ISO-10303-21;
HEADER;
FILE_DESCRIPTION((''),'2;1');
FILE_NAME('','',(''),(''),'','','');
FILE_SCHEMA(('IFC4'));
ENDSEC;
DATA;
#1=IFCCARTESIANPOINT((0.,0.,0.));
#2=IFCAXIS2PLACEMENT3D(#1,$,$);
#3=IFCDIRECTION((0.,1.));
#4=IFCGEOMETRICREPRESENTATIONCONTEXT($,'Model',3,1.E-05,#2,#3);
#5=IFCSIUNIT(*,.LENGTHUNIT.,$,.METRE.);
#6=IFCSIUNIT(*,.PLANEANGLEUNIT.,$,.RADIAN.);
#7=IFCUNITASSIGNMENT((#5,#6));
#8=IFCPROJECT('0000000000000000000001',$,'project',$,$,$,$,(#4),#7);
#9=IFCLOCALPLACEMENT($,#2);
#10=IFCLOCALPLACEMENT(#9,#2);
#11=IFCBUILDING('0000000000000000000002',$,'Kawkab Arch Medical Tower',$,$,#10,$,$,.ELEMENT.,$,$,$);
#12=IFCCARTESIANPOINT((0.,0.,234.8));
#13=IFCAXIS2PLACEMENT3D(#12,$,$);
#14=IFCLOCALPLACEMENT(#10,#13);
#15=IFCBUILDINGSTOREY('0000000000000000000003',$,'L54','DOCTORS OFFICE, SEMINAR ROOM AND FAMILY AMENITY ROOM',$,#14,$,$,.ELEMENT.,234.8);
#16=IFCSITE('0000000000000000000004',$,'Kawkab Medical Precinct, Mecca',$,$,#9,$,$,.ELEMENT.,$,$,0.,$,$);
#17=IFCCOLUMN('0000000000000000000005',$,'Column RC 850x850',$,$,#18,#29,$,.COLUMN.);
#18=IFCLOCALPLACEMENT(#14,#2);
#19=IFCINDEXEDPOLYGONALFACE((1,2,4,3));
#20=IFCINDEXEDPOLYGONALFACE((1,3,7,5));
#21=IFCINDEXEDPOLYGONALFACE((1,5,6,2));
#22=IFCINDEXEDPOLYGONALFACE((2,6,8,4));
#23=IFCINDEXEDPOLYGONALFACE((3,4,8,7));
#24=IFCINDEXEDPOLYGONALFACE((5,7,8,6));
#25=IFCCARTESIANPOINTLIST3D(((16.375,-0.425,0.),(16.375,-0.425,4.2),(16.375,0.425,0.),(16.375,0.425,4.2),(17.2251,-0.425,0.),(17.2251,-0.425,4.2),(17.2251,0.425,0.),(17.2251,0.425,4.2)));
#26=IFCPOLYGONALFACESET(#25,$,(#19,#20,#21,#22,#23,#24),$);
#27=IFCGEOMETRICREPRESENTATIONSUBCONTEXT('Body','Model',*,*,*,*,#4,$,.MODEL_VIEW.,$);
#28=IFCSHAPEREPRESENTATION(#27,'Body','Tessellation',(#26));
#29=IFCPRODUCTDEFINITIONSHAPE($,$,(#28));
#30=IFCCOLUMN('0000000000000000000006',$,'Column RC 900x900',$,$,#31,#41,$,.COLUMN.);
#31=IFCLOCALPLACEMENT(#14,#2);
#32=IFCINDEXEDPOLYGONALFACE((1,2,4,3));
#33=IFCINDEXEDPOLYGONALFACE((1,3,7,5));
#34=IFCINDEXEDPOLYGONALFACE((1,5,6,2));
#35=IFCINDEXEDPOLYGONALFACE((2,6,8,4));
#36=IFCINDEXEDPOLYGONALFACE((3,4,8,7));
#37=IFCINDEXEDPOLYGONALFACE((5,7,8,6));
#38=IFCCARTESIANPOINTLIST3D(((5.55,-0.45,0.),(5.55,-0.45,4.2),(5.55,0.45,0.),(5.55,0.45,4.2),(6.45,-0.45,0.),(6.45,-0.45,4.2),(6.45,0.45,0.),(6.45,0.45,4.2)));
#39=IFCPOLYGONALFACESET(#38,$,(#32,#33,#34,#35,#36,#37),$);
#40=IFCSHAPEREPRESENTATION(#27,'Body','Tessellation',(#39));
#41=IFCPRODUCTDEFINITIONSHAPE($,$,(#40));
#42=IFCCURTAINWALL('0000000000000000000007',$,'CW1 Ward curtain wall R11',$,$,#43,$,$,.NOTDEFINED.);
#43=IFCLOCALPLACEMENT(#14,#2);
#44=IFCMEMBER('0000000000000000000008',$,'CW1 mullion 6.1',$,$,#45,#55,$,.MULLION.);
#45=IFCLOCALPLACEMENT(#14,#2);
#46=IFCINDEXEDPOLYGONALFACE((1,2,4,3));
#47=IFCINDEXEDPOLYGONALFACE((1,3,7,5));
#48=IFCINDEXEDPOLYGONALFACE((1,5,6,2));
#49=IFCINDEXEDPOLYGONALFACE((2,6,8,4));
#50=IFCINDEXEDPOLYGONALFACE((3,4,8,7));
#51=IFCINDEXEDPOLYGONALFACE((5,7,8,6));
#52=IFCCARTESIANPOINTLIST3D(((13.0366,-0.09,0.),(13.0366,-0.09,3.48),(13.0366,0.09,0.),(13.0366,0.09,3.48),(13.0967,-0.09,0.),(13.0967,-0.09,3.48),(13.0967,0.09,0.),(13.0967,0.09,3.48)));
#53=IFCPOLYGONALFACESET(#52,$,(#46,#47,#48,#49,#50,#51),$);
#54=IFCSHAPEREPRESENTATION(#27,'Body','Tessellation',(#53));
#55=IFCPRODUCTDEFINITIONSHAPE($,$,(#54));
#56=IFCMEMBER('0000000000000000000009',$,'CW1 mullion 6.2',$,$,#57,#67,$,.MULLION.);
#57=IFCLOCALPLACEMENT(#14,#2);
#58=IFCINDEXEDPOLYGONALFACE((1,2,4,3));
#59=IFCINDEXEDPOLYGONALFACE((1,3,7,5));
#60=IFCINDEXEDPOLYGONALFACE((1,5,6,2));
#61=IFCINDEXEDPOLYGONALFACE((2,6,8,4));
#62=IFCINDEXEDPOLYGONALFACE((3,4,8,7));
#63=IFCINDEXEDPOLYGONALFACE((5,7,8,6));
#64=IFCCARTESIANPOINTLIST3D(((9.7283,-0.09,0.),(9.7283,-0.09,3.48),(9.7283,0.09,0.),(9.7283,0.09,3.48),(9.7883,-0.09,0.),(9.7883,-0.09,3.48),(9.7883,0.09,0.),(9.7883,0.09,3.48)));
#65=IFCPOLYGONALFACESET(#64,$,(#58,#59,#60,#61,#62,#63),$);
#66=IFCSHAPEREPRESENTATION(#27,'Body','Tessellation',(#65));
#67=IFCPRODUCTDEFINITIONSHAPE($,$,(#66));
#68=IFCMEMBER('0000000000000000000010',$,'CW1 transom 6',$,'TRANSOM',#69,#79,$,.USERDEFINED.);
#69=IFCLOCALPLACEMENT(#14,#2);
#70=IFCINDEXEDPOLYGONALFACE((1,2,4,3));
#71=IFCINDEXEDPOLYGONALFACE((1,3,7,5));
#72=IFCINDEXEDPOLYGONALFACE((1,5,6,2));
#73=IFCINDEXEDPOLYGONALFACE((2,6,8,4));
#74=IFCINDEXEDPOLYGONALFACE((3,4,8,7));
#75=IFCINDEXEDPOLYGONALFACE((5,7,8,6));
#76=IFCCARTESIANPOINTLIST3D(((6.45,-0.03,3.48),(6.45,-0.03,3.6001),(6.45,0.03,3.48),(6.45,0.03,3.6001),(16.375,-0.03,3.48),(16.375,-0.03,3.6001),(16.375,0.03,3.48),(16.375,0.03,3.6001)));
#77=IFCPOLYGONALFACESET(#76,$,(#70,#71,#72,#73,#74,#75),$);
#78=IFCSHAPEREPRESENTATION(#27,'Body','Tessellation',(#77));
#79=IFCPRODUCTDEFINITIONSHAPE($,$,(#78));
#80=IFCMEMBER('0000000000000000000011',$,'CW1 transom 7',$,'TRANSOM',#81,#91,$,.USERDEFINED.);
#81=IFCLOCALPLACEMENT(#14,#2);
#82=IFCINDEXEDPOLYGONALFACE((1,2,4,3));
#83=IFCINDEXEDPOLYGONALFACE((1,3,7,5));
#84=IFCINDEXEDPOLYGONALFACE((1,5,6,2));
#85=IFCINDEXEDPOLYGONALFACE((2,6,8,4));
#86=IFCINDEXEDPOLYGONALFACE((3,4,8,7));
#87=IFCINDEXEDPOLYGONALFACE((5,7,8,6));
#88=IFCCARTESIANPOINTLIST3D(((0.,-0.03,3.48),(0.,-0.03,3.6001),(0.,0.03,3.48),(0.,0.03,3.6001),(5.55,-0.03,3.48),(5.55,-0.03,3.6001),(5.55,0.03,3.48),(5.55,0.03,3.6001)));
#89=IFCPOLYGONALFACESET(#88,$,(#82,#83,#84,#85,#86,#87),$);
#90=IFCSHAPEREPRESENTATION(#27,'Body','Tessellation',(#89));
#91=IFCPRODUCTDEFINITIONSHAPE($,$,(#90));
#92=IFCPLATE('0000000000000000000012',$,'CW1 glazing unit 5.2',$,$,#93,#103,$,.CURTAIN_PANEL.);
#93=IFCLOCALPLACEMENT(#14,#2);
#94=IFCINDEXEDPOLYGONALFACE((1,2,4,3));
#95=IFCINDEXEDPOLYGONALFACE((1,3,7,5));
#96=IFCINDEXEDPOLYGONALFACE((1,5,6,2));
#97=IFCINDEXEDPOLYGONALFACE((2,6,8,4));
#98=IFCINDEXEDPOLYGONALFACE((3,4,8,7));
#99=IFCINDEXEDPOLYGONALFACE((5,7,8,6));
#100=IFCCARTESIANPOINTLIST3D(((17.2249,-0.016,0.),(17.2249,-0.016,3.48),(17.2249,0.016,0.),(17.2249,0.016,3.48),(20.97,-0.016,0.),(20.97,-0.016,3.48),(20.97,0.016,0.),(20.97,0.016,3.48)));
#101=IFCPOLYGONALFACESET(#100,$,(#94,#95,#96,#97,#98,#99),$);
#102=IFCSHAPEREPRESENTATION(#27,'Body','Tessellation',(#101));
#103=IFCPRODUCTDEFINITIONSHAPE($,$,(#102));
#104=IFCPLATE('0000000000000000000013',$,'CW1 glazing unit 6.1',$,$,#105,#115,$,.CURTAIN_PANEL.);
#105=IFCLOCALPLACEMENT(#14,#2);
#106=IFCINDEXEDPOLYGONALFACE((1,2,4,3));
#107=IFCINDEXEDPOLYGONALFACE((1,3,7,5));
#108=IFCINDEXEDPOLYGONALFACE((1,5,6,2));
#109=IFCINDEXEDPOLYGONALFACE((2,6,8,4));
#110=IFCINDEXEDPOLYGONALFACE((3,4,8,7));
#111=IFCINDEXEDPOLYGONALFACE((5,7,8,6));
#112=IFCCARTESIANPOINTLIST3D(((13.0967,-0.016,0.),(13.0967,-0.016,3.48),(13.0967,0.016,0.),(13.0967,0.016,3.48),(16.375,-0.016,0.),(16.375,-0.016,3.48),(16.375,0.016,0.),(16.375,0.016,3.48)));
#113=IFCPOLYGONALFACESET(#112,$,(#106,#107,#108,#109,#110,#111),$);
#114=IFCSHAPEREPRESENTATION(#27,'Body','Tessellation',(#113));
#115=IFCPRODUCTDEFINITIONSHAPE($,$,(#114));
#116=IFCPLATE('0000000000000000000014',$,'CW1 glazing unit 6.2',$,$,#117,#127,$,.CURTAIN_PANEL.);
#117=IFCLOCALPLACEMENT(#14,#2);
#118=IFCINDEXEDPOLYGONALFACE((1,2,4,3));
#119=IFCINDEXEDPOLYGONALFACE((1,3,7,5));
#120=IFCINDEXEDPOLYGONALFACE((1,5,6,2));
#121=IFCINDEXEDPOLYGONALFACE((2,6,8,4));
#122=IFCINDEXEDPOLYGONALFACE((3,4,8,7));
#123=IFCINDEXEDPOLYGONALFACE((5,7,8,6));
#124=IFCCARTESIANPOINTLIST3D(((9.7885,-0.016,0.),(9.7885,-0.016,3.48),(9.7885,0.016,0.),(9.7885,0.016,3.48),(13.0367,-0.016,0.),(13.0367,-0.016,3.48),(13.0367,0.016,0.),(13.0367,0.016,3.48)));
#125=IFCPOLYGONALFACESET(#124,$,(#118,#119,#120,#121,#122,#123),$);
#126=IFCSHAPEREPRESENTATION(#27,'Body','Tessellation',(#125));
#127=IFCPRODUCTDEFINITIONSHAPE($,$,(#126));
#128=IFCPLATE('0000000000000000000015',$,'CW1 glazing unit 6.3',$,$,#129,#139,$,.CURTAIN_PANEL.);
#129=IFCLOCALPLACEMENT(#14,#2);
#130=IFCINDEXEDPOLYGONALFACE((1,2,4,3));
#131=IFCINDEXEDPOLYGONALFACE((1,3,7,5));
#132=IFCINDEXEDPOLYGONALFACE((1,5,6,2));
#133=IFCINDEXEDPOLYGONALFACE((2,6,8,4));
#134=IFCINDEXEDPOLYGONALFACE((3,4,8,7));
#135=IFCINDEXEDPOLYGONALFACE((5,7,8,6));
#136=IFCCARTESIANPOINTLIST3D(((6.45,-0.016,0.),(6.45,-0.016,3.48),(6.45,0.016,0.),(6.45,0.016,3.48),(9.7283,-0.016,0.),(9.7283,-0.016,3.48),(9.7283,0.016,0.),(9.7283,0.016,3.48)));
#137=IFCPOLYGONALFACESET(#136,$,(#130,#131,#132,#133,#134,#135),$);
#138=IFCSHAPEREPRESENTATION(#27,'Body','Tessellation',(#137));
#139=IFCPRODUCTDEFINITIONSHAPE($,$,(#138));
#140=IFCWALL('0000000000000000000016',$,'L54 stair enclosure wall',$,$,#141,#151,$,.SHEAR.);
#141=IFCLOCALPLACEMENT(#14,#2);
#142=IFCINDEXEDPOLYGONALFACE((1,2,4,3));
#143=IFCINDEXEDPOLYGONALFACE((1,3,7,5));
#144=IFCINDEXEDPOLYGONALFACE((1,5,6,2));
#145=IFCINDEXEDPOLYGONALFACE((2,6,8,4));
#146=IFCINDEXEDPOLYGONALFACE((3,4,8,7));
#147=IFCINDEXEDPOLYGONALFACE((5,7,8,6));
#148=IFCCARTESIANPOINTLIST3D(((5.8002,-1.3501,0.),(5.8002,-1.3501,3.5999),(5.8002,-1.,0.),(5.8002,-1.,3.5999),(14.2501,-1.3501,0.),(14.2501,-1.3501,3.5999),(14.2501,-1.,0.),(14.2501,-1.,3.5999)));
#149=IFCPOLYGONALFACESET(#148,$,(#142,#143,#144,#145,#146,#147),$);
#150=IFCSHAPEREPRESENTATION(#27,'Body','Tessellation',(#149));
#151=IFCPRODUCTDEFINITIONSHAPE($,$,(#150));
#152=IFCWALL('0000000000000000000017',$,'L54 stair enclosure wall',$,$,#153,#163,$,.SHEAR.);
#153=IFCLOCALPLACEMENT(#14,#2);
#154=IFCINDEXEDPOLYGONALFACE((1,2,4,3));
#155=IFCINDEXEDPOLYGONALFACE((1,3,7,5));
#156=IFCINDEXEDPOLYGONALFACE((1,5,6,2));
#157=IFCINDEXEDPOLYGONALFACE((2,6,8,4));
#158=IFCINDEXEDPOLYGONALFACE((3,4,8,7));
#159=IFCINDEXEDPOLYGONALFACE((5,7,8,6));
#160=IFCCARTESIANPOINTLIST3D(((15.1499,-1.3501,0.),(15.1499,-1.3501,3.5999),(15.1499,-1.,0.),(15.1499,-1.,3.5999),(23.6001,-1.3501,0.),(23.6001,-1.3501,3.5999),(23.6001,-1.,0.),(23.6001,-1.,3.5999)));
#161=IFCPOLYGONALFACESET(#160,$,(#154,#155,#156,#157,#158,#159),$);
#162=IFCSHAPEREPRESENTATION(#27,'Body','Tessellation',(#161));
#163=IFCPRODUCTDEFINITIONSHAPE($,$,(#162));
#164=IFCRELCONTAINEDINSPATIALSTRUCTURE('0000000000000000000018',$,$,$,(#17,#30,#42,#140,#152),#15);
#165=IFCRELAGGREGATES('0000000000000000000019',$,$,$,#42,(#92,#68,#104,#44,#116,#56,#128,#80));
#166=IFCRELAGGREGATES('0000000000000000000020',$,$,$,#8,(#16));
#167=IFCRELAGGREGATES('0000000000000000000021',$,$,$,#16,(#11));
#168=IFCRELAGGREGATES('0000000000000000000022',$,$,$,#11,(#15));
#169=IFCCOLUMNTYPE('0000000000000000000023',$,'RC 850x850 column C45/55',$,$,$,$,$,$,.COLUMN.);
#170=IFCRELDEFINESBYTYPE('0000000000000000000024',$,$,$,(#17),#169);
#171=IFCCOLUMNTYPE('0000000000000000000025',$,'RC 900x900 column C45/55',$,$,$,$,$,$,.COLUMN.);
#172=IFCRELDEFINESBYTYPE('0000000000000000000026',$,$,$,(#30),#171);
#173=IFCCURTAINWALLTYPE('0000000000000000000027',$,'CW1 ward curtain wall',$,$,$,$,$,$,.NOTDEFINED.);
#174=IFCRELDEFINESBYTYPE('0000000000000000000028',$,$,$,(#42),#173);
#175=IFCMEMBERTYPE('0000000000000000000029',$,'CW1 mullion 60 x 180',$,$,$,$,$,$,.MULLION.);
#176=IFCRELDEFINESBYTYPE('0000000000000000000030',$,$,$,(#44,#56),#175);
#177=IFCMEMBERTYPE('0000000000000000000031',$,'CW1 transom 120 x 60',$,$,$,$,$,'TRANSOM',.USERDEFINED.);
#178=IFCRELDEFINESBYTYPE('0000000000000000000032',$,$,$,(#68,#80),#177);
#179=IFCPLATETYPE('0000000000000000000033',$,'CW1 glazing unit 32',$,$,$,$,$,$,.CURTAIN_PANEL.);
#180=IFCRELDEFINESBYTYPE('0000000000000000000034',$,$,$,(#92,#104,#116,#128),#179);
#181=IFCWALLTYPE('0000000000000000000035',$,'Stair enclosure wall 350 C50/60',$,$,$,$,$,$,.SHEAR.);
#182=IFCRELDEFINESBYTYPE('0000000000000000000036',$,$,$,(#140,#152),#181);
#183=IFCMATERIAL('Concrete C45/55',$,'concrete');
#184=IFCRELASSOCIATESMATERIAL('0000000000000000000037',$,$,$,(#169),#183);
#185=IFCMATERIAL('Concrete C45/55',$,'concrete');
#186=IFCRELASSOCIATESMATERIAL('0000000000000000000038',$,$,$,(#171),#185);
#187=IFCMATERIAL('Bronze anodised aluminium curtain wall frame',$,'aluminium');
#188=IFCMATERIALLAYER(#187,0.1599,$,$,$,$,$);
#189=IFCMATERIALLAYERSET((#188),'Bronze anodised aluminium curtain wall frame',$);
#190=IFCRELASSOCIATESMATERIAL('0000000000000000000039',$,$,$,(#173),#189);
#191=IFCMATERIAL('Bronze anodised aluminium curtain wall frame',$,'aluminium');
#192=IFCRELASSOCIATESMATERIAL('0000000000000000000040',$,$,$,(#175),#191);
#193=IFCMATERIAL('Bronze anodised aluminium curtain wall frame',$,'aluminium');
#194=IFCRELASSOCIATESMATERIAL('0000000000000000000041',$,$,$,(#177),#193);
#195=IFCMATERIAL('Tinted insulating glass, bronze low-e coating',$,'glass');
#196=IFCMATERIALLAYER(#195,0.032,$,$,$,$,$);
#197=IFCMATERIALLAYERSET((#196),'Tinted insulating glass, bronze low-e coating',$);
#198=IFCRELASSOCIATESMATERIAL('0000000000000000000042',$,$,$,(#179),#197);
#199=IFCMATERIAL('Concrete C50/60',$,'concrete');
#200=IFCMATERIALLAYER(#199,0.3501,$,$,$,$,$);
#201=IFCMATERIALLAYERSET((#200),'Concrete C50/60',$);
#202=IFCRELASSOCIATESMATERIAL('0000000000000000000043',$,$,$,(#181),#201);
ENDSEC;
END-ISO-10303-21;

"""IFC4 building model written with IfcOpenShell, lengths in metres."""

from ifc_helpers import new_model, si_unit, direction, frame, frame_2d, origin, origin_2d, place, context, subcontext, project, spatial, rectangle, extrude, material, layer, layer_set, material_profile, profile_set, type_object, element, aggregate, save


model = new_model("IFC4")

# Units and contexts
model_context = context("Model", 3, precision=1e-05, world=origin(), true_north=direction((0.0, 1.0)))
body_context = subcontext(model_context, "Body", "Model", "MODEL_VIEW")
ifc_project = project(units=[si_unit("LENGTHUNIT", "METRE"), si_unit("PLANEANGLEUNIT", "RADIAN")], contexts=[model_context])

# Site, building, storey
site_placement = place(None, origin())
site = spatial("IfcSite", under=ifc_project, at=site_placement, Name="Kawkab Medical Precinct, Mecca", CompositionType="ELEMENT", RefElevation=0.0)
building_placement = place(site_placement, origin())
building = spatial("IfcBuilding", under=site, at=building_placement, Name="Kawkab Arch Medical Tower", CompositionType="ELEMENT")
storey_placement = place(building_placement, frame((0.0, 0.0, 234.8)))
storey = spatial("IfcBuildingStorey", under=building, at=storey_placement, Name="L54", Description="DOCTORS OFFICE, SEMINAR ROOM AND FAMILY AMENITY ROOM", CompositionType="ELEMENT", Elevation=234.8)

# Columns
ifc_material_1 = material(Name="Concrete C45/55", Category="concrete")
ifc_material_profile_1 = material_profile(ifc_material_1, rectangle(XDim=0.8501, YDim=0.8501, at=origin_2d()), Name="RC 850x850")
ifc_profile_set_1 = profile_set([ifc_material_profile_1], Name="Concrete C45/55")
column_type_1 = type_object("IfcColumnType", Name="RC 850x850 column C45/55", PredefinedType="COLUMN", material=ifc_profile_set_1)
column_1_placement = place(storey_placement, frame((16.8, 0.0, 0.0), z_axis=(0.0, 0.0, 1.0), x_axis=(1.0, 0.0, 0.0)))
element("IfcColumn", 1, at=column_1_placement, inside=storey, type_object=column_type_1, Name="Column RC 850x850", PredefinedType="COLUMN", context=body_context, shape_type="SweptSolid", body=[
    extrude(rectangle(XDim=0.8501, YDim=0.8501, at=origin_2d()), origin(), (0.0, 0.0, 1.0), 4.2),
])
ifc_material_2 = material(Name="Concrete C45/55", Category="concrete")
ifc_material_profile_2 = material_profile(ifc_material_2, rectangle(XDim=0.8999, YDim=0.8999, at=origin_2d()), Name="RC 900x900")
ifc_profile_set_2 = profile_set([ifc_material_profile_2], Name="Concrete C45/55")
column_type_2 = type_object("IfcColumnType", Name="RC 900x900 column C45/55", PredefinedType="COLUMN", material=ifc_profile_set_2)
column_2_placement = place(storey_placement, frame((6.0, 0.0, 0.0), z_axis=(0.0, 0.0, 1.0), x_axis=(1.0, 0.0, 0.0)))
element("IfcColumn", 2, at=column_2_placement, inside=storey, type_object=column_type_2, Name="Column RC 900x900", PredefinedType="COLUMN", context=body_context, shape_type="SweptSolid", body=[
    extrude(rectangle(XDim=0.8999, YDim=0.8999, at=origin_2d()), origin(), (0.0, 0.0, 1.0), 4.2),
])

# Curtain wall, members, plates
ifc_material_3 = material(Name="Bronze anodised aluminium curtain wall frame", Category="aluminium")
ifc_layer_1 = layer(ifc_material_3, 0.1599)
ifc_layer_set_1 = layer_set([ifc_layer_1], Name="Bronze anodised aluminium curtain wall frame")
curtain_wall_type = type_object("IfcCurtainWallType", Name="CW1 ward curtain wall", PredefinedType="NOTDEFINED", material=ifc_layer_set_1)
placement = place(storey_placement, origin())
curtain_wall = element("IfcCurtainWall", 3, at=placement, inside=storey, type_object=curtain_wall_type, Name="CW1 Ward curtain wall R11", PredefinedType="NOTDEFINED")
ifc_material_4 = material(Name="Bronze anodised aluminium curtain wall frame", Category="aluminium")
ifc_material_profile_3 = material_profile(ifc_material_4, rectangle(XDim=0.1799, YDim=0.0601, at=origin_2d()), Name="AL 60x180")
ifc_profile_set_3 = profile_set([ifc_material_profile_3], Name="Bronze anodised aluminium curtain wall frame")
member_type_1 = type_object("IfcMemberType", Name="CW1 mullion 60 x 180", PredefinedType="MULLION", material=ifc_profile_set_3)
member_1_placement = place(storey_placement, frame((13.0667, 0.0, 0.0), z_axis=(0.0, 0.0, 1.0), x_axis=(0.0, -1.0, 0.0)))
member_1 = element("IfcMember", 4, at=member_1_placement, type_object=member_type_1, Name="CW1 mullion 6.1", PredefinedType="MULLION", context=body_context, shape_type="SweptSolid", body=[
    extrude(rectangle(XDim=0.1799, YDim=0.0601, at=origin_2d()), origin(), (0.0, 0.0, 1.0), 3.48),
])
member_2_placement = place(storey_placement, frame((9.7583, 0.0, 0.0), z_axis=(0.0, 0.0, 1.0), x_axis=(0.0, -1.0, 0.0)))
member_2 = element("IfcMember", 5, at=member_2_placement, type_object=member_type_1, Name="CW1 mullion 6.2", PredefinedType="MULLION", context=body_context, shape_type="SweptSolid", body=[
    extrude(rectangle(XDim=0.1799, YDim=0.0601, at=origin_2d()), origin(), (0.0, 0.0, 1.0), 3.48),
])
ifc_material_5 = material(Name="Bronze anodised aluminium curtain wall frame", Category="aluminium")
ifc_material_profile_4 = material_profile(ifc_material_5, rectangle(XDim=0.0601, YDim=0.1201, at=origin_2d()), Name="AL 60x120")
ifc_profile_set_4 = profile_set([ifc_material_profile_4], Name="Bronze anodised aluminium curtain wall frame")
member_type_2 = type_object("IfcMemberType", Name="CW1 transom 120 x 60", ElementType="TRANSOM", PredefinedType="USERDEFINED", material=ifc_profile_set_4)
member_3_placement = place(storey_placement, frame((16.375, 0.0, 3.54), z_axis=(-1.0, 0.0, 0.0), x_axis=(0.0, -1.0, 0.0)))
member_3 = element("IfcMember", 6, at=member_3_placement, type_object=member_type_2, Name="CW1 transom 6", ObjectType="TRANSOM", PredefinedType="USERDEFINED", context=body_context, shape_type="SweptSolid", body=[
    extrude(rectangle(XDim=0.0601, YDim=0.1201, at=origin_2d()), origin(), (0.0, 0.0, 1.0), 9.925),
])
member_4_placement = place(storey_placement, frame((5.55, 0.0, 3.54), z_axis=(-1.0, 0.0, 0.0), x_axis=(0.0, -1.0, 0.0)))
member_4 = element("IfcMember", 7, at=member_4_placement, type_object=member_type_2, Name="CW1 transom 7", ObjectType="TRANSOM", PredefinedType="USERDEFINED", context=body_context, shape_type="SweptSolid", body=[
    extrude(rectangle(XDim=0.0601, YDim=0.1201, at=origin_2d()), origin(), (0.0, 0.0, 1.0), 5.55),
])
ifc_material_6 = material(Name="Tinted insulating glass, bronze low-e coating", Category="glass")
ifc_layer_2 = layer(ifc_material_6, 0.032)
ifc_layer_set_2 = layer_set([ifc_layer_2], Name="Tinted insulating glass, bronze low-e coating")
plate_type = type_object("IfcPlateType", Name="CW1 glazing unit 32", PredefinedType="CURTAIN_PANEL", material=ifc_layer_set_2)
plate_1_placement = place(storey_placement, frame((19.0974, 0.0, 0.0), z_axis=(0.0, 0.0, 1.0), x_axis=(-1.0, 0.0, 0.0)))
plate_1 = element("IfcPlate", 8, at=plate_1_placement, type_object=plate_type, Name="CW1 glazing unit 5.2", PredefinedType="CURTAIN_PANEL", context=body_context, shape_type="SweptSolid", body=[
    extrude(rectangle(XDim=3.7451, YDim=0.032, at=origin_2d()), origin(), (0.0, 0.0, 1.0), 3.48),
])
plate_2_placement = place(storey_placement, frame((14.7358, 0.0, 0.0), z_axis=(0.0, 0.0, 1.0), x_axis=(-1.0, 0.0, 0.0)))
plate_2 = element("IfcPlate", 9, at=plate_2_placement, type_object=plate_type, Name="CW1 glazing unit 6.1", PredefinedType="CURTAIN_PANEL", context=body_context, shape_type="SweptSolid", body=[
    extrude(rectangle(XDim=3.2783, YDim=0.032, at=origin_2d()), origin(), (0.0, 0.0, 1.0), 3.48),
])
plate_3_placement = place(storey_placement, frame((11.4126, 0.0, 0.0), z_axis=(0.0, 0.0, 1.0), x_axis=(-1.0, 0.0, 0.0)))
plate_3 = element("IfcPlate", 10, at=plate_3_placement, type_object=plate_type, Name="CW1 glazing unit 6.2", PredefinedType="CURTAIN_PANEL", context=body_context, shape_type="SweptSolid", body=[
    extrude(rectangle(XDim=3.2483, YDim=0.032, at=origin_2d()), origin(), (0.0, 0.0, 1.0), 3.48),
])
plate_4_placement = place(storey_placement, frame((8.0891, 0.0, 0.0), z_axis=(0.0, 0.0, 1.0), x_axis=(-1.0, 0.0, 0.0)))
plate_4 = element("IfcPlate", 11, at=plate_4_placement, type_object=plate_type, Name="CW1 glazing unit 6.3", PredefinedType="CURTAIN_PANEL", context=body_context, shape_type="SweptSolid", body=[
    extrude(rectangle(XDim=3.2783, YDim=0.032, at=origin_2d()), origin(), (0.0, 0.0, 1.0), 3.48),
])
aggregate(curtain_wall, [plate_1, member_3, plate_2, member_1, plate_3, member_2, plate_4, member_4])

# Walls
ifc_material_7 = material(Name="Concrete C50/60", Category="concrete")
ifc_layer_3 = layer(ifc_material_7, 0.3501)
ifc_layer_set_3 = layer_set([ifc_layer_3], Name="Concrete C50/60")
wall_type = type_object("IfcWallType", Name="Stair enclosure wall 350 C50/60", PredefinedType="SHEAR", material=ifc_layer_set_3)
wall_1_placement = place(storey_placement, frame((5.8, -1.175, 0.0), z_axis=(0.0, 0.0, 1.0), x_axis=(1.0, 0.0, 0.0)))
element("IfcWall", 12, at=wall_1_placement, inside=storey, type_object=wall_type, Name="L54 stair enclosure wall", PredefinedType="SHEAR", context=body_context, shape_type="SweptSolid", body=[
    extrude(rectangle(XDim=8.45, YDim=0.3501, at=frame_2d((4.2251, 0.0))), origin(), (0.0, 0.0, 1.0), 3.5999),
])
wall_2_placement = place(storey_placement, frame((15.1499, -1.175, 0.0), z_axis=(0.0, 0.0, 1.0), x_axis=(1.0, 0.0, 0.0)))
element("IfcWall", 13, at=wall_2_placement, inside=storey, type_object=wall_type, Name="L54 stair enclosure wall", PredefinedType="SHEAR", context=body_context, shape_type="SweptSolid", body=[
    extrude(rectangle(XDim=8.4502, YDim=0.3501, at=frame_2d((4.2251, 0.0))), origin(), (0.0, 0.0, 1.0), 3.5999),
])

save(model, "model.ifc")
